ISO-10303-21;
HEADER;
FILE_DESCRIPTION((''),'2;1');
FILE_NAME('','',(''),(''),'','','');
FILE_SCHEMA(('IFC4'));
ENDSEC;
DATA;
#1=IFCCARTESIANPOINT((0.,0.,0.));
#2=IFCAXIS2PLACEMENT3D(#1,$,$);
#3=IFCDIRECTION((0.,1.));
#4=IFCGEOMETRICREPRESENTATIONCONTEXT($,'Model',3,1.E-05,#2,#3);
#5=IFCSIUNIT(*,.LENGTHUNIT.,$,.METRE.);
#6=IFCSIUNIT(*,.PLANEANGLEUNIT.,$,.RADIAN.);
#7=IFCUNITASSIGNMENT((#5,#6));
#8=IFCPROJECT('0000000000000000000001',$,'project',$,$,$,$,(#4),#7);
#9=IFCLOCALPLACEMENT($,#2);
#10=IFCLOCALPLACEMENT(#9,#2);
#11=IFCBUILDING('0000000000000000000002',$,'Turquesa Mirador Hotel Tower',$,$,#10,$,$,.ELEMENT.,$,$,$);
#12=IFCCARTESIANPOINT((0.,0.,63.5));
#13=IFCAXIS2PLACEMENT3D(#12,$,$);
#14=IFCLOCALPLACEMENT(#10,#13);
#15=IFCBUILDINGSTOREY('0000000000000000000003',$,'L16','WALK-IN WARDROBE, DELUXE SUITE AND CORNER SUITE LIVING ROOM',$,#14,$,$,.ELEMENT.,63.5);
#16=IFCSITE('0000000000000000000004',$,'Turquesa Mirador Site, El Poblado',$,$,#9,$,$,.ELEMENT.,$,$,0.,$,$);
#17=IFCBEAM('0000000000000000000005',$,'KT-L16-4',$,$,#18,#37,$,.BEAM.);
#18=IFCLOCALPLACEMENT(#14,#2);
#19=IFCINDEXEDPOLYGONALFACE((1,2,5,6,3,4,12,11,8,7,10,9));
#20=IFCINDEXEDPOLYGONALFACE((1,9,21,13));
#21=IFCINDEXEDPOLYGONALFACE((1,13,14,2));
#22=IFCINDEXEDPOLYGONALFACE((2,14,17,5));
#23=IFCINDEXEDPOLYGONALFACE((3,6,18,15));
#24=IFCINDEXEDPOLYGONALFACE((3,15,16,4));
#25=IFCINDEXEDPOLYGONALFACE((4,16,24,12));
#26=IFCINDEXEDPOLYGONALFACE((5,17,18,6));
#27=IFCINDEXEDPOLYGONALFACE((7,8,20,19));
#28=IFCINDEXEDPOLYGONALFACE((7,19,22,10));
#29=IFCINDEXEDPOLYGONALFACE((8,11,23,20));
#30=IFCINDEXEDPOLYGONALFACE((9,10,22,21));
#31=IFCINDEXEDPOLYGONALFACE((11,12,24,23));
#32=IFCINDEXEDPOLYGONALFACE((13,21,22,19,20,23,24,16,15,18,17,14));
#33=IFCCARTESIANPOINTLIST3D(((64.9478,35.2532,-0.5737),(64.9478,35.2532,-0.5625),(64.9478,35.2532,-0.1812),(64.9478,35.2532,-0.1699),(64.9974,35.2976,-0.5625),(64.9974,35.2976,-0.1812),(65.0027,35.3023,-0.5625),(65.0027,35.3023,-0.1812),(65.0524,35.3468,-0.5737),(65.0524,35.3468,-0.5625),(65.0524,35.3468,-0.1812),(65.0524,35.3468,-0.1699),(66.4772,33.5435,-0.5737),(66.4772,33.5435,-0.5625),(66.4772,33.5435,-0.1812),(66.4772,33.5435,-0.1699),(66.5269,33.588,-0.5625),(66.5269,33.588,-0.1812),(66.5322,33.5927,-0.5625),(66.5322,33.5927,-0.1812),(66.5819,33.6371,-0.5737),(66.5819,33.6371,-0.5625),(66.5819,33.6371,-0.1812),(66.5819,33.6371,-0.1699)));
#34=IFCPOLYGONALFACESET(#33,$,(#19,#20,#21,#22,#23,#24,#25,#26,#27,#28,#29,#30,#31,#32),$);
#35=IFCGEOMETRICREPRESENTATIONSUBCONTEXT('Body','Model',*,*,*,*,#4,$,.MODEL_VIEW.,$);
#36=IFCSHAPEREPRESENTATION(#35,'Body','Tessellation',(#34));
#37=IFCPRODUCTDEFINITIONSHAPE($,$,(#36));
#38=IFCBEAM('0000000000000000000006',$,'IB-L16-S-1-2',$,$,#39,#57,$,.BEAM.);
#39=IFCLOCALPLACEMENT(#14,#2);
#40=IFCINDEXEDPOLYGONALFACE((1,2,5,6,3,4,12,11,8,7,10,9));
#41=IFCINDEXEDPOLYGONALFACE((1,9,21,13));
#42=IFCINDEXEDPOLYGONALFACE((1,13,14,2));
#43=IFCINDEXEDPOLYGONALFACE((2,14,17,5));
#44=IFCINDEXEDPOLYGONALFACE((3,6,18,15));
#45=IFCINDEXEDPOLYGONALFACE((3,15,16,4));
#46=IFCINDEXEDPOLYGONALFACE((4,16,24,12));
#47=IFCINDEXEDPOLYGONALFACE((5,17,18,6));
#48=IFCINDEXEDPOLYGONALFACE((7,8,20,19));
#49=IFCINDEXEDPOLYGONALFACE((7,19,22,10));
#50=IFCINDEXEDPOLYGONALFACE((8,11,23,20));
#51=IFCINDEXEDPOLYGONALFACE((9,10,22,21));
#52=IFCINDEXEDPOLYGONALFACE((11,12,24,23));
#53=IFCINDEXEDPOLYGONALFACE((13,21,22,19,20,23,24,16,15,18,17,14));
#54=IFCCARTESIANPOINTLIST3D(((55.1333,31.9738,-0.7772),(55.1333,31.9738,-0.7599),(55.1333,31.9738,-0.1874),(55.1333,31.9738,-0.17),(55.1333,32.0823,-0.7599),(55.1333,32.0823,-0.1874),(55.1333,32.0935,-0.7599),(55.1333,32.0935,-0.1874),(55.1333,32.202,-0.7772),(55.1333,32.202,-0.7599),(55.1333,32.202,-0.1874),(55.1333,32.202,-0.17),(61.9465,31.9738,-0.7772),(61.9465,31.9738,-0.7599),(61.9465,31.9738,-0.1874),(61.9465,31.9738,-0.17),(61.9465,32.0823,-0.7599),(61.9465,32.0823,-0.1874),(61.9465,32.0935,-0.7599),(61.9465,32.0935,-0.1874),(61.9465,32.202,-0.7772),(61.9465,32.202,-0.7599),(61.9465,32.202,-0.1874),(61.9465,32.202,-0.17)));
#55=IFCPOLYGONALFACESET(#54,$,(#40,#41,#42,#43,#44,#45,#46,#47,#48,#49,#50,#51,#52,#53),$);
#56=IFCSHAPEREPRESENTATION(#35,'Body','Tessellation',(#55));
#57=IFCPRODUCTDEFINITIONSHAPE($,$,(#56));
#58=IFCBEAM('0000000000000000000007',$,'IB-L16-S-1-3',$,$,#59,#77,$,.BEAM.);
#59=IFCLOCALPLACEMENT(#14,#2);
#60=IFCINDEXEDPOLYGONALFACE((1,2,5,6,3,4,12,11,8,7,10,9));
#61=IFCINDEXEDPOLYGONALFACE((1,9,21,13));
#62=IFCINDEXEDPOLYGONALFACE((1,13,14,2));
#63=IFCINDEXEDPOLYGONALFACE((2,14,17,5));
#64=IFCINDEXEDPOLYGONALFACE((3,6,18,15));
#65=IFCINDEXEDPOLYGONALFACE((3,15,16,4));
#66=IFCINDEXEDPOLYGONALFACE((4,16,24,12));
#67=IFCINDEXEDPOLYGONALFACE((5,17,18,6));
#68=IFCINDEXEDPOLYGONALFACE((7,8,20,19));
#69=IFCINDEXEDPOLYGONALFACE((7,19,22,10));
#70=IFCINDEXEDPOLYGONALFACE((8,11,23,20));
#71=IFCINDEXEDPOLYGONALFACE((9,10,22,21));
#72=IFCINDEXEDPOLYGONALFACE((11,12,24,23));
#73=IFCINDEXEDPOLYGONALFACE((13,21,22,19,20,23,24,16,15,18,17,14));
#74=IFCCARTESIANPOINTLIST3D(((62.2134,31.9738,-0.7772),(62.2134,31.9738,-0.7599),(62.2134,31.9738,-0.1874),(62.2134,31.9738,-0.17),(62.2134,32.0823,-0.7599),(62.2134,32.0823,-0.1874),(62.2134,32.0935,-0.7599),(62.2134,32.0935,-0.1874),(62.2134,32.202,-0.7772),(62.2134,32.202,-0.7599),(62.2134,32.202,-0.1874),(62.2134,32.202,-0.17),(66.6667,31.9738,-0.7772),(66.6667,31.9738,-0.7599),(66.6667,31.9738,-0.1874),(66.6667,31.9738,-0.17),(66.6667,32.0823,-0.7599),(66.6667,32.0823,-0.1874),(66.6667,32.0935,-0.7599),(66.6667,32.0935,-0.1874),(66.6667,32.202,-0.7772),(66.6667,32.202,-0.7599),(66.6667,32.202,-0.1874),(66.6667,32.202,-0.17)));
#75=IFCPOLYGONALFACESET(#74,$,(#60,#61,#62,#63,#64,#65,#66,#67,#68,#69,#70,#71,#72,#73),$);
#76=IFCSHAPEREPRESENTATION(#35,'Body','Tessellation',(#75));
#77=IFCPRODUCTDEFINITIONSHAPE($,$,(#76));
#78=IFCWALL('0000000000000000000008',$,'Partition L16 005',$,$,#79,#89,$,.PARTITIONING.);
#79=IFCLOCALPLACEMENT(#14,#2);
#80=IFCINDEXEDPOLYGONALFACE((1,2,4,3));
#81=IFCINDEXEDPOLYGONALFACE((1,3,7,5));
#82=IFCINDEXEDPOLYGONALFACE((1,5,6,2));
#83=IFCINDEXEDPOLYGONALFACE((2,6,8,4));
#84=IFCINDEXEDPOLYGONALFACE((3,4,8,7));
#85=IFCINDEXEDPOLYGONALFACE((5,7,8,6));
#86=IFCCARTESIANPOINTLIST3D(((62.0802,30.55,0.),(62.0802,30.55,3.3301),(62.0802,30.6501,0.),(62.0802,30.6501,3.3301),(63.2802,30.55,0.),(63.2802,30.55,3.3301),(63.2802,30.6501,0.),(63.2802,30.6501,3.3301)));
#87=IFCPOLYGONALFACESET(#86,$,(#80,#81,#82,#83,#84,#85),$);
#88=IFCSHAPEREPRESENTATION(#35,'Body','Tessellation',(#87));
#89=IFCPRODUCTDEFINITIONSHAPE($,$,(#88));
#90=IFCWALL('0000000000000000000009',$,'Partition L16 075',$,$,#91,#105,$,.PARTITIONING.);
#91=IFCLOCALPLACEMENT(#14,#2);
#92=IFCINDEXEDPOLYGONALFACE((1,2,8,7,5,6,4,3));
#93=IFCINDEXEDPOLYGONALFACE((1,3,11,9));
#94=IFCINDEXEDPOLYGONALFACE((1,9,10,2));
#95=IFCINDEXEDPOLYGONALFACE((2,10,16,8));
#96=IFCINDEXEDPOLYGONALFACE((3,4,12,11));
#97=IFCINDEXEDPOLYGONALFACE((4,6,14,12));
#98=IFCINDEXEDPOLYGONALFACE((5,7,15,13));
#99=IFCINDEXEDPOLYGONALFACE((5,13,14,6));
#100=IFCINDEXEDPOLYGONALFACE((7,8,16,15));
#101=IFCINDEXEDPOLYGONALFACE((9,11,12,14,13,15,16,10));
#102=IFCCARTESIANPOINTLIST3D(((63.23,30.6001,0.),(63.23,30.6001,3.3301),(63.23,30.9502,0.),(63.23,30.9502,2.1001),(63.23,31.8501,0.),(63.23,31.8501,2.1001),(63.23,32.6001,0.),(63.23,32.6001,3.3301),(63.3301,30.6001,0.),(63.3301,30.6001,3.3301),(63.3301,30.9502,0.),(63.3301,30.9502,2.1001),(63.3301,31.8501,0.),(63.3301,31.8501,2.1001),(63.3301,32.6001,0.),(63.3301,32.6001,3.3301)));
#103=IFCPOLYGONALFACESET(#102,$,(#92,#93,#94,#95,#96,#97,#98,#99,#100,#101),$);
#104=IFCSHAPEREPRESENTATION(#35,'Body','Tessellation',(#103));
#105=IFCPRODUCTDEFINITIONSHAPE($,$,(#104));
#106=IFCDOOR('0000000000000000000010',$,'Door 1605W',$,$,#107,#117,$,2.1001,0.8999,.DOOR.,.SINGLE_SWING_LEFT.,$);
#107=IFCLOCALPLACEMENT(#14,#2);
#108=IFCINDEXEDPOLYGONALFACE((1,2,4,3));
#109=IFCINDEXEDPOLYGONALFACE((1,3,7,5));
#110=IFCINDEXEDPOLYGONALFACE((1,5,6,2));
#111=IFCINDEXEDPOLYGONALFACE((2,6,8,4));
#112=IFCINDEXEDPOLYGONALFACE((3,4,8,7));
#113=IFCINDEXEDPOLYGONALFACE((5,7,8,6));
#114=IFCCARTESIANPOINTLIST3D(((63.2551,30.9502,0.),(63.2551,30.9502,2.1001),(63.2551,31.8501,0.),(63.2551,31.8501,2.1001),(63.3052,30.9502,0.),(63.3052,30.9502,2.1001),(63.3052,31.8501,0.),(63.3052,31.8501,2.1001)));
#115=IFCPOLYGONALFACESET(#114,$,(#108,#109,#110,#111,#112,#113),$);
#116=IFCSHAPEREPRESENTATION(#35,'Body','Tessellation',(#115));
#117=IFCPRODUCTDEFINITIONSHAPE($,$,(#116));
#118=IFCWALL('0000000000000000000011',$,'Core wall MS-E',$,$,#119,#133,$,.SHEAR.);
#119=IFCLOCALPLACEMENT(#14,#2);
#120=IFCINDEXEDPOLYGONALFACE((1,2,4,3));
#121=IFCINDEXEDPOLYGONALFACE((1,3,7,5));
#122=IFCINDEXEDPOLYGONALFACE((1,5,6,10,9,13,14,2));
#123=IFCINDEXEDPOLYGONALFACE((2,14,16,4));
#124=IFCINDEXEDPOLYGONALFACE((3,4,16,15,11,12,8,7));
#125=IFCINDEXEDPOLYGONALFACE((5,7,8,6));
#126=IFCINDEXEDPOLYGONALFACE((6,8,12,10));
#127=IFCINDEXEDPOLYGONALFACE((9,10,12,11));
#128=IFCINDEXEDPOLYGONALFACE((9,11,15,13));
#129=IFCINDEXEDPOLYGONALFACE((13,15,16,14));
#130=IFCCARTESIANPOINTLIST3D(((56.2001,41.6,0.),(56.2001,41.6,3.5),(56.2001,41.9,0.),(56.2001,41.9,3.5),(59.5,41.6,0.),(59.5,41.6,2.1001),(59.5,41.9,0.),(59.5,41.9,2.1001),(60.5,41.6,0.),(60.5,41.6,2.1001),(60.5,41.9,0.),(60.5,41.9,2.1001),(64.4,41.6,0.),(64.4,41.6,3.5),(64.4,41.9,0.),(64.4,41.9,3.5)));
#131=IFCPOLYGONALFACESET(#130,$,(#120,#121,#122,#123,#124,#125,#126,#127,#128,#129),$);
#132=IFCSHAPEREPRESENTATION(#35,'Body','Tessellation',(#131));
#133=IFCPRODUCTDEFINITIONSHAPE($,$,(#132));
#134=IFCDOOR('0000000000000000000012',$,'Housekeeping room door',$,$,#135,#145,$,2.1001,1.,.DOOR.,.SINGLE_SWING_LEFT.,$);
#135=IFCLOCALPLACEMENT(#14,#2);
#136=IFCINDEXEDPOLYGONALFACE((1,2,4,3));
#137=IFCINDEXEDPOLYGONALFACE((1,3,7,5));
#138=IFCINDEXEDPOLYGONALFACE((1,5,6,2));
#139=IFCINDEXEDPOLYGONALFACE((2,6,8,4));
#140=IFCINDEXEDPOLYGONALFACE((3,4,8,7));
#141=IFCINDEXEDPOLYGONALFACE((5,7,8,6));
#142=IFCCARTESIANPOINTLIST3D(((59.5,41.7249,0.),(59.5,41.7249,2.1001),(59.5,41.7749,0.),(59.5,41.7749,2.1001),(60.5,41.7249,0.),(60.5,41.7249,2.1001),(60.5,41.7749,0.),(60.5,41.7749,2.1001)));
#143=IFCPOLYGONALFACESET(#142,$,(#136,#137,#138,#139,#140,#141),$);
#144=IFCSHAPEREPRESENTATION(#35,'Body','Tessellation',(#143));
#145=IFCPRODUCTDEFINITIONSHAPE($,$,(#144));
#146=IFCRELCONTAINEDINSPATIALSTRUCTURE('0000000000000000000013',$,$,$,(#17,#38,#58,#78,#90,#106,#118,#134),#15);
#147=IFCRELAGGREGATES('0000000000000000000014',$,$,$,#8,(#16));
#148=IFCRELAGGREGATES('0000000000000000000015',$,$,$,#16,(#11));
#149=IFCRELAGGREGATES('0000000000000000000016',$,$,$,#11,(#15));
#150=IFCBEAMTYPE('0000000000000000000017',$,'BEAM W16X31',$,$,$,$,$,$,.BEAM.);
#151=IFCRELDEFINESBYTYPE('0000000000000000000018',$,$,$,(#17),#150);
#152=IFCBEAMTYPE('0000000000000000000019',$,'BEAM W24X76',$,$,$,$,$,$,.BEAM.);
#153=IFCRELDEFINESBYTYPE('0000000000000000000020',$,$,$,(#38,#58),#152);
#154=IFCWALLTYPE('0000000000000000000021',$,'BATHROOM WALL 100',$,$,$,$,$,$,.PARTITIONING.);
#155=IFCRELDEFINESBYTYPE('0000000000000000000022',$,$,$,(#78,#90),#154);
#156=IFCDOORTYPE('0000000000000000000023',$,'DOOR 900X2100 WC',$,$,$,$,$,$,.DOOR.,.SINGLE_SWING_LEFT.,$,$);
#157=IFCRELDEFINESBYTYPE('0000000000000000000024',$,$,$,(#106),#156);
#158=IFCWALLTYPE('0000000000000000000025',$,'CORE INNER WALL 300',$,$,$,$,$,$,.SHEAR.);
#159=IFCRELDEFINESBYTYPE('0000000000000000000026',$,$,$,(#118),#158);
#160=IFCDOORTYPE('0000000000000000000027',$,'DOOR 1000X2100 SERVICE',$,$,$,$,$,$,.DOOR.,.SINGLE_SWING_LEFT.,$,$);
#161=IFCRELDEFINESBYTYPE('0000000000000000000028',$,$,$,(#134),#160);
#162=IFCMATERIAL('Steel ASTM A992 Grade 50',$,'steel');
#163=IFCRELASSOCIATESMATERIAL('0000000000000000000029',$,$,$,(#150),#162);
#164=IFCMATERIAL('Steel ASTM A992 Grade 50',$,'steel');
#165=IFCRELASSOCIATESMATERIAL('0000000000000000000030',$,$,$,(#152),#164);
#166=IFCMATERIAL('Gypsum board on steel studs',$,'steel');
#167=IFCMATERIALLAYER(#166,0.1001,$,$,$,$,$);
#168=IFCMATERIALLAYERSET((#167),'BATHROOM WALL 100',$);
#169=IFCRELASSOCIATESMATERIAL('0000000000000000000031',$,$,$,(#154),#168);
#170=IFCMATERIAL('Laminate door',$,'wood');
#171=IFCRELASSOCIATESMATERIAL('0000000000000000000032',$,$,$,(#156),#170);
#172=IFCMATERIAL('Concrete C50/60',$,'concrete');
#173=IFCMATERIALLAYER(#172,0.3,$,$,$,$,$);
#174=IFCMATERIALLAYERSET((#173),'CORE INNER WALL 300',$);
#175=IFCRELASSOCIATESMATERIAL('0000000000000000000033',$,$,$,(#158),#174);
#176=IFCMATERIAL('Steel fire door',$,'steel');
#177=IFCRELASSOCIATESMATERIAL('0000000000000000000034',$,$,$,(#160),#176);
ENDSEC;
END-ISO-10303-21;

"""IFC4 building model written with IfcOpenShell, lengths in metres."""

from ifc_helpers import new_model, si_unit, direction, frame, frame_2d, origin, origin_2d, place, context, subcontext, project, spatial, rectangle, i_section, extrude, material, layer, layer_set, material_profile, profile_set, type_object, element, fill, save


model = new_model("IFC4")

# Units and contexts
model_context = context("Model", 3, precision=1e-05, world=origin(), true_north=direction((0.0, 1.0)))
body_context = subcontext(model_context, "Body", "Model", "MODEL_VIEW")
ifc_project = project(units=[si_unit("LENGTHUNIT", "METRE"), si_unit("PLANEANGLEUNIT", "RADIAN")], contexts=[model_context])

# Site, building, storey
site_placement = place(None, origin())
site = spatial("IfcSite", under=ifc_project, at=site_placement, Name="Turquesa Mirador Site, El Poblado", CompositionType="ELEMENT", RefElevation=0.0)
building_placement = place(site_placement, origin())
building = spatial("IfcBuilding", under=site, at=building_placement, Name="Turquesa Mirador Hotel Tower", CompositionType="ELEMENT")
storey_placement = place(building_placement, frame((0.0, 0.0, 63.5)))
storey = spatial("IfcBuildingStorey", under=building, at=storey_placement, Name="L16", Description="WALK-IN WARDROBE, DELUXE SUITE AND CORNER SUITE LIVING ROOM", CompositionType="ELEMENT", Elevation=63.5)

# Beams
ifc_material_1 = material(Name="Steel ASTM A992 Grade 50", Category="steel")
ifc_material_profile_1 = material_profile(ifc_material_1, i_section(OverallWidth=0.1404, OverallDepth=0.4038, WebThickness=0.0071, FlangeThickness=0.0112, at=origin_2d()), Name="W16X31")
ifc_profile_set_1 = profile_set([ifc_material_profile_1], Name="Steel ASTM A992 Grade 50")
beam_type_1 = type_object("IfcBeamType", Name="BEAM W16X31", PredefinedType="BEAM", material=ifc_profile_set_1)
beam_1_placement = place(storey_placement, frame((66.5295, 33.5903, -0.3718), z_axis=(-0.666745, 0.745286, 0.0), x_axis=(-0.745286, -0.666745, 0.0)))
element("IfcBeam", 1, at=beam_1_placement, inside=storey, type_object=beam_type_1, Name="KT-L16-4", PredefinedType="BEAM", context=body_context, shape_type="SweptSolid", body=[
    extrude(i_section(OverallWidth=0.1404, OverallDepth=0.4038, WebThickness=0.0071, FlangeThickness=0.0112, at=origin_2d()), origin(), (0.0, 0.0, 1.0), 2.2939),
])
ifc_material_2 = material(Name="Steel ASTM A992 Grade 50", Category="steel")
ifc_material_profile_2 = material_profile(ifc_material_2, i_section(OverallWidth=0.2283, OverallDepth=0.6072, WebThickness=0.0112, FlangeThickness=0.0173, at=origin_2d()), Name="W24X76")
ifc_profile_set_2 = profile_set([ifc_material_profile_2], Name="Steel ASTM A992 Grade 50")
beam_type_2 = type_object("IfcBeamType", Name="BEAM W24X76", PredefinedType="BEAM", material=ifc_profile_set_2)
beam_2_placement = place(storey_placement, frame((55.1333, 32.0879, -0.4736), z_axis=(1.0, 0.0, 0.0), x_axis=(0.0, 1.0, 0.0)))
element("IfcBeam", 2, at=beam_2_placement, inside=storey, type_object=beam_type_2, Name="IB-L16-S-1-2", PredefinedType="BEAM", context=body_context, shape_type="SweptSolid", body=[
    extrude(i_section(OverallWidth=0.2283, OverallDepth=0.6072, WebThickness=0.0112, FlangeThickness=0.0173, at=origin_2d()), origin(), (0.0, 0.0, 1.0), 6.8132),
])
beam_3_placement = place(storey_placement, frame((62.2134, 32.0879, -0.4736), z_axis=(1.0, 0.0, 0.0), x_axis=(0.0, 1.0, 0.0)))
element("IfcBeam", 3, at=beam_3_placement, inside=storey, type_object=beam_type_2, Name="IB-L16-S-1-3", PredefinedType="BEAM", context=body_context, shape_type="SweptSolid", body=[
    extrude(i_section(OverallWidth=0.2283, OverallDepth=0.6072, WebThickness=0.0112, FlangeThickness=0.0173, at=origin_2d()), origin(), (0.0, 0.0, 1.0), 4.4534),
])

# Wall
ifc_material_3 = material(Name="Gypsum board on steel studs", Category="steel")
ifc_layer_1 = layer(ifc_material_3, 0.1001)
ifc_layer_set_1 = layer_set([ifc_layer_1], Name="BATHROOM WALL 100")
wall_type_1 = type_object("IfcWallType", Name="BATHROOM WALL 100", PredefinedType="PARTITIONING", material=ifc_layer_set_1)
wall_1_placement = place(storey_placement, frame((62.0801, 30.6001, 0.0), z_axis=(0.0, 0.0, 1.0), x_axis=(1.0, 0.0, 0.0)))
element("IfcWall", 4, at=wall_1_placement, inside=storey, type_object=wall_type_1, Name="Partition L16 005", PredefinedType="PARTITIONING", context=body_context, shape_type="SweptSolid", body=[
    extrude(rectangle(XDim=1.2, YDim=0.1001, at=frame_2d((0.6001, 0.0))), origin(), (0.0, 0.0, 1.0), 3.3301),
])

# Walls, openings, doors
wall_2_placement = place(storey_placement, frame((63.28, 30.6001, 0.0), z_axis=(0.0, 0.0, 1.0), x_axis=(0.0, 1.0, 0.0)))
wall_2 = element("IfcWall", 5, at=wall_2_placement, inside=storey, type_object=wall_type_1, Name="Partition L16 075", PredefinedType="PARTITIONING", context=body_context, shape_type="SweptSolid", body=[
    extrude(rectangle(XDim=2.0, YDim=0.1001, at=frame_2d((1.0, 0.0))), origin(), (0.0, 0.0, 1.0), 3.3301),
])
opening_1_placement = place(wall_2_placement, frame((0.3501, 0.0, 0.0)))
opening_1 = element("IfcOpeningElement", 6, at=opening_1_placement, cuts=wall_2, PredefinedType="OPENING", context=body_context, shape_type="SweptSolid", body=[
    extrude(rectangle(XDim=0.8999, YDim=2.1001, at=frame_2d((0.45, 1.05))), frame((0.0, 0.0601, 0.0), z_axis=(0.0, -1.0, 0.0), x_axis=(1.0, 0.0, 0.0)), (0.0, 0.0, 1.0), 0.1201),
])
ifc_material_4 = material(Name="Laminate door", Category="wood")
door_type_1 = type_object("IfcDoorType", Name="DOOR 900X2100 WC", OperationType="SINGLE_SWING_LEFT", PredefinedType="DOOR", material=ifc_material_4)
door_1_placement = place(opening_1_placement, origin())
door_1 = element("IfcDoor", 7, at=door_1_placement, inside=storey, type_object=door_type_1, Name="Door 1605W", OperationType="SINGLE_SWING_LEFT", OverallHeight=2.1001, OverallWidth=0.8999, PredefinedType="DOOR", context=body_context, shape_type="SweptSolid", body=[
    extrude(rectangle(XDim=0.8999, YDim=2.1001, at=frame_2d((0.45, 1.05))), frame((0.0, 0.0249, 0.0), z_axis=(0.0, -1.0, 0.0), x_axis=(1.0, 0.0, 0.0)), (0.0, 0.0, 1.0), 0.05),
])
fill(opening_1, door_1)
ifc_material_5 = material(Name="Concrete C50/60", Category="concrete")
ifc_layer_2 = layer(ifc_material_5, 0.3)
ifc_layer_set_2 = layer_set([ifc_layer_2], Name="CORE INNER WALL 300")
wall_type_2 = type_object("IfcWallType", Name="CORE INNER WALL 300", PredefinedType="SHEAR", material=ifc_layer_set_2)
wall_3_placement = place(storey_placement, frame((56.2, 41.75, 0.0), z_axis=(0.0, 0.0, 1.0), x_axis=(1.0, 0.0, 0.0)))
wall_3 = element("IfcWall", 8, at=wall_3_placement, inside=storey, type_object=wall_type_2, Name="Core wall MS-E", PredefinedType="SHEAR", context=body_context, shape_type="SweptSolid", body=[
    extrude(rectangle(XDim=8.2, YDim=0.3, at=frame_2d((4.1001, 0.0))), origin(), (0.0, 0.0, 1.0), 3.5),
])
opening_2_placement = place(wall_3_placement, frame((3.3, 0.0, 0.0)))
opening_2 = element("IfcOpeningElement", 9, at=opening_2_placement, cuts=wall_3, PredefinedType="OPENING", context=body_context, shape_type="SweptSolid", body=[
    extrude(rectangle(XDim=1.0, YDim=2.1001, at=frame_2d((0.5, 1.05))), frame((0.0, 0.1599, 0.0), z_axis=(0.0, -1.0, 0.0), x_axis=(1.0, 0.0, 0.0)), (0.0, 0.0, 1.0), 0.3201),
])
ifc_material_6 = material(Name="Steel fire door", Category="steel")
door_type_2 = type_object("IfcDoorType", Name="DOOR 1000X2100 SERVICE", OperationType="SINGLE_SWING_LEFT", PredefinedType="DOOR", material=ifc_material_6)
door_2_placement = place(opening_2_placement, origin())
door_2 = element("IfcDoor", 10, at=door_2_placement, inside=storey, type_object=door_type_2, Name="Housekeeping room door", OperationType="SINGLE_SWING_LEFT", OverallHeight=2.1001, OverallWidth=1.0, PredefinedType="DOOR", context=body_context, shape_type="SweptSolid", body=[
    extrude(rectangle(XDim=1.0, YDim=2.1001, at=frame_2d((0.5, 1.05))), frame((0.0, 0.0249, 0.0), z_axis=(0.0, -1.0, 0.0), x_axis=(1.0, 0.0, 0.0)), (0.0, 0.0, 1.0), 0.05),
])
fill(opening_2, door_2)

save(model, "model.ifc")
